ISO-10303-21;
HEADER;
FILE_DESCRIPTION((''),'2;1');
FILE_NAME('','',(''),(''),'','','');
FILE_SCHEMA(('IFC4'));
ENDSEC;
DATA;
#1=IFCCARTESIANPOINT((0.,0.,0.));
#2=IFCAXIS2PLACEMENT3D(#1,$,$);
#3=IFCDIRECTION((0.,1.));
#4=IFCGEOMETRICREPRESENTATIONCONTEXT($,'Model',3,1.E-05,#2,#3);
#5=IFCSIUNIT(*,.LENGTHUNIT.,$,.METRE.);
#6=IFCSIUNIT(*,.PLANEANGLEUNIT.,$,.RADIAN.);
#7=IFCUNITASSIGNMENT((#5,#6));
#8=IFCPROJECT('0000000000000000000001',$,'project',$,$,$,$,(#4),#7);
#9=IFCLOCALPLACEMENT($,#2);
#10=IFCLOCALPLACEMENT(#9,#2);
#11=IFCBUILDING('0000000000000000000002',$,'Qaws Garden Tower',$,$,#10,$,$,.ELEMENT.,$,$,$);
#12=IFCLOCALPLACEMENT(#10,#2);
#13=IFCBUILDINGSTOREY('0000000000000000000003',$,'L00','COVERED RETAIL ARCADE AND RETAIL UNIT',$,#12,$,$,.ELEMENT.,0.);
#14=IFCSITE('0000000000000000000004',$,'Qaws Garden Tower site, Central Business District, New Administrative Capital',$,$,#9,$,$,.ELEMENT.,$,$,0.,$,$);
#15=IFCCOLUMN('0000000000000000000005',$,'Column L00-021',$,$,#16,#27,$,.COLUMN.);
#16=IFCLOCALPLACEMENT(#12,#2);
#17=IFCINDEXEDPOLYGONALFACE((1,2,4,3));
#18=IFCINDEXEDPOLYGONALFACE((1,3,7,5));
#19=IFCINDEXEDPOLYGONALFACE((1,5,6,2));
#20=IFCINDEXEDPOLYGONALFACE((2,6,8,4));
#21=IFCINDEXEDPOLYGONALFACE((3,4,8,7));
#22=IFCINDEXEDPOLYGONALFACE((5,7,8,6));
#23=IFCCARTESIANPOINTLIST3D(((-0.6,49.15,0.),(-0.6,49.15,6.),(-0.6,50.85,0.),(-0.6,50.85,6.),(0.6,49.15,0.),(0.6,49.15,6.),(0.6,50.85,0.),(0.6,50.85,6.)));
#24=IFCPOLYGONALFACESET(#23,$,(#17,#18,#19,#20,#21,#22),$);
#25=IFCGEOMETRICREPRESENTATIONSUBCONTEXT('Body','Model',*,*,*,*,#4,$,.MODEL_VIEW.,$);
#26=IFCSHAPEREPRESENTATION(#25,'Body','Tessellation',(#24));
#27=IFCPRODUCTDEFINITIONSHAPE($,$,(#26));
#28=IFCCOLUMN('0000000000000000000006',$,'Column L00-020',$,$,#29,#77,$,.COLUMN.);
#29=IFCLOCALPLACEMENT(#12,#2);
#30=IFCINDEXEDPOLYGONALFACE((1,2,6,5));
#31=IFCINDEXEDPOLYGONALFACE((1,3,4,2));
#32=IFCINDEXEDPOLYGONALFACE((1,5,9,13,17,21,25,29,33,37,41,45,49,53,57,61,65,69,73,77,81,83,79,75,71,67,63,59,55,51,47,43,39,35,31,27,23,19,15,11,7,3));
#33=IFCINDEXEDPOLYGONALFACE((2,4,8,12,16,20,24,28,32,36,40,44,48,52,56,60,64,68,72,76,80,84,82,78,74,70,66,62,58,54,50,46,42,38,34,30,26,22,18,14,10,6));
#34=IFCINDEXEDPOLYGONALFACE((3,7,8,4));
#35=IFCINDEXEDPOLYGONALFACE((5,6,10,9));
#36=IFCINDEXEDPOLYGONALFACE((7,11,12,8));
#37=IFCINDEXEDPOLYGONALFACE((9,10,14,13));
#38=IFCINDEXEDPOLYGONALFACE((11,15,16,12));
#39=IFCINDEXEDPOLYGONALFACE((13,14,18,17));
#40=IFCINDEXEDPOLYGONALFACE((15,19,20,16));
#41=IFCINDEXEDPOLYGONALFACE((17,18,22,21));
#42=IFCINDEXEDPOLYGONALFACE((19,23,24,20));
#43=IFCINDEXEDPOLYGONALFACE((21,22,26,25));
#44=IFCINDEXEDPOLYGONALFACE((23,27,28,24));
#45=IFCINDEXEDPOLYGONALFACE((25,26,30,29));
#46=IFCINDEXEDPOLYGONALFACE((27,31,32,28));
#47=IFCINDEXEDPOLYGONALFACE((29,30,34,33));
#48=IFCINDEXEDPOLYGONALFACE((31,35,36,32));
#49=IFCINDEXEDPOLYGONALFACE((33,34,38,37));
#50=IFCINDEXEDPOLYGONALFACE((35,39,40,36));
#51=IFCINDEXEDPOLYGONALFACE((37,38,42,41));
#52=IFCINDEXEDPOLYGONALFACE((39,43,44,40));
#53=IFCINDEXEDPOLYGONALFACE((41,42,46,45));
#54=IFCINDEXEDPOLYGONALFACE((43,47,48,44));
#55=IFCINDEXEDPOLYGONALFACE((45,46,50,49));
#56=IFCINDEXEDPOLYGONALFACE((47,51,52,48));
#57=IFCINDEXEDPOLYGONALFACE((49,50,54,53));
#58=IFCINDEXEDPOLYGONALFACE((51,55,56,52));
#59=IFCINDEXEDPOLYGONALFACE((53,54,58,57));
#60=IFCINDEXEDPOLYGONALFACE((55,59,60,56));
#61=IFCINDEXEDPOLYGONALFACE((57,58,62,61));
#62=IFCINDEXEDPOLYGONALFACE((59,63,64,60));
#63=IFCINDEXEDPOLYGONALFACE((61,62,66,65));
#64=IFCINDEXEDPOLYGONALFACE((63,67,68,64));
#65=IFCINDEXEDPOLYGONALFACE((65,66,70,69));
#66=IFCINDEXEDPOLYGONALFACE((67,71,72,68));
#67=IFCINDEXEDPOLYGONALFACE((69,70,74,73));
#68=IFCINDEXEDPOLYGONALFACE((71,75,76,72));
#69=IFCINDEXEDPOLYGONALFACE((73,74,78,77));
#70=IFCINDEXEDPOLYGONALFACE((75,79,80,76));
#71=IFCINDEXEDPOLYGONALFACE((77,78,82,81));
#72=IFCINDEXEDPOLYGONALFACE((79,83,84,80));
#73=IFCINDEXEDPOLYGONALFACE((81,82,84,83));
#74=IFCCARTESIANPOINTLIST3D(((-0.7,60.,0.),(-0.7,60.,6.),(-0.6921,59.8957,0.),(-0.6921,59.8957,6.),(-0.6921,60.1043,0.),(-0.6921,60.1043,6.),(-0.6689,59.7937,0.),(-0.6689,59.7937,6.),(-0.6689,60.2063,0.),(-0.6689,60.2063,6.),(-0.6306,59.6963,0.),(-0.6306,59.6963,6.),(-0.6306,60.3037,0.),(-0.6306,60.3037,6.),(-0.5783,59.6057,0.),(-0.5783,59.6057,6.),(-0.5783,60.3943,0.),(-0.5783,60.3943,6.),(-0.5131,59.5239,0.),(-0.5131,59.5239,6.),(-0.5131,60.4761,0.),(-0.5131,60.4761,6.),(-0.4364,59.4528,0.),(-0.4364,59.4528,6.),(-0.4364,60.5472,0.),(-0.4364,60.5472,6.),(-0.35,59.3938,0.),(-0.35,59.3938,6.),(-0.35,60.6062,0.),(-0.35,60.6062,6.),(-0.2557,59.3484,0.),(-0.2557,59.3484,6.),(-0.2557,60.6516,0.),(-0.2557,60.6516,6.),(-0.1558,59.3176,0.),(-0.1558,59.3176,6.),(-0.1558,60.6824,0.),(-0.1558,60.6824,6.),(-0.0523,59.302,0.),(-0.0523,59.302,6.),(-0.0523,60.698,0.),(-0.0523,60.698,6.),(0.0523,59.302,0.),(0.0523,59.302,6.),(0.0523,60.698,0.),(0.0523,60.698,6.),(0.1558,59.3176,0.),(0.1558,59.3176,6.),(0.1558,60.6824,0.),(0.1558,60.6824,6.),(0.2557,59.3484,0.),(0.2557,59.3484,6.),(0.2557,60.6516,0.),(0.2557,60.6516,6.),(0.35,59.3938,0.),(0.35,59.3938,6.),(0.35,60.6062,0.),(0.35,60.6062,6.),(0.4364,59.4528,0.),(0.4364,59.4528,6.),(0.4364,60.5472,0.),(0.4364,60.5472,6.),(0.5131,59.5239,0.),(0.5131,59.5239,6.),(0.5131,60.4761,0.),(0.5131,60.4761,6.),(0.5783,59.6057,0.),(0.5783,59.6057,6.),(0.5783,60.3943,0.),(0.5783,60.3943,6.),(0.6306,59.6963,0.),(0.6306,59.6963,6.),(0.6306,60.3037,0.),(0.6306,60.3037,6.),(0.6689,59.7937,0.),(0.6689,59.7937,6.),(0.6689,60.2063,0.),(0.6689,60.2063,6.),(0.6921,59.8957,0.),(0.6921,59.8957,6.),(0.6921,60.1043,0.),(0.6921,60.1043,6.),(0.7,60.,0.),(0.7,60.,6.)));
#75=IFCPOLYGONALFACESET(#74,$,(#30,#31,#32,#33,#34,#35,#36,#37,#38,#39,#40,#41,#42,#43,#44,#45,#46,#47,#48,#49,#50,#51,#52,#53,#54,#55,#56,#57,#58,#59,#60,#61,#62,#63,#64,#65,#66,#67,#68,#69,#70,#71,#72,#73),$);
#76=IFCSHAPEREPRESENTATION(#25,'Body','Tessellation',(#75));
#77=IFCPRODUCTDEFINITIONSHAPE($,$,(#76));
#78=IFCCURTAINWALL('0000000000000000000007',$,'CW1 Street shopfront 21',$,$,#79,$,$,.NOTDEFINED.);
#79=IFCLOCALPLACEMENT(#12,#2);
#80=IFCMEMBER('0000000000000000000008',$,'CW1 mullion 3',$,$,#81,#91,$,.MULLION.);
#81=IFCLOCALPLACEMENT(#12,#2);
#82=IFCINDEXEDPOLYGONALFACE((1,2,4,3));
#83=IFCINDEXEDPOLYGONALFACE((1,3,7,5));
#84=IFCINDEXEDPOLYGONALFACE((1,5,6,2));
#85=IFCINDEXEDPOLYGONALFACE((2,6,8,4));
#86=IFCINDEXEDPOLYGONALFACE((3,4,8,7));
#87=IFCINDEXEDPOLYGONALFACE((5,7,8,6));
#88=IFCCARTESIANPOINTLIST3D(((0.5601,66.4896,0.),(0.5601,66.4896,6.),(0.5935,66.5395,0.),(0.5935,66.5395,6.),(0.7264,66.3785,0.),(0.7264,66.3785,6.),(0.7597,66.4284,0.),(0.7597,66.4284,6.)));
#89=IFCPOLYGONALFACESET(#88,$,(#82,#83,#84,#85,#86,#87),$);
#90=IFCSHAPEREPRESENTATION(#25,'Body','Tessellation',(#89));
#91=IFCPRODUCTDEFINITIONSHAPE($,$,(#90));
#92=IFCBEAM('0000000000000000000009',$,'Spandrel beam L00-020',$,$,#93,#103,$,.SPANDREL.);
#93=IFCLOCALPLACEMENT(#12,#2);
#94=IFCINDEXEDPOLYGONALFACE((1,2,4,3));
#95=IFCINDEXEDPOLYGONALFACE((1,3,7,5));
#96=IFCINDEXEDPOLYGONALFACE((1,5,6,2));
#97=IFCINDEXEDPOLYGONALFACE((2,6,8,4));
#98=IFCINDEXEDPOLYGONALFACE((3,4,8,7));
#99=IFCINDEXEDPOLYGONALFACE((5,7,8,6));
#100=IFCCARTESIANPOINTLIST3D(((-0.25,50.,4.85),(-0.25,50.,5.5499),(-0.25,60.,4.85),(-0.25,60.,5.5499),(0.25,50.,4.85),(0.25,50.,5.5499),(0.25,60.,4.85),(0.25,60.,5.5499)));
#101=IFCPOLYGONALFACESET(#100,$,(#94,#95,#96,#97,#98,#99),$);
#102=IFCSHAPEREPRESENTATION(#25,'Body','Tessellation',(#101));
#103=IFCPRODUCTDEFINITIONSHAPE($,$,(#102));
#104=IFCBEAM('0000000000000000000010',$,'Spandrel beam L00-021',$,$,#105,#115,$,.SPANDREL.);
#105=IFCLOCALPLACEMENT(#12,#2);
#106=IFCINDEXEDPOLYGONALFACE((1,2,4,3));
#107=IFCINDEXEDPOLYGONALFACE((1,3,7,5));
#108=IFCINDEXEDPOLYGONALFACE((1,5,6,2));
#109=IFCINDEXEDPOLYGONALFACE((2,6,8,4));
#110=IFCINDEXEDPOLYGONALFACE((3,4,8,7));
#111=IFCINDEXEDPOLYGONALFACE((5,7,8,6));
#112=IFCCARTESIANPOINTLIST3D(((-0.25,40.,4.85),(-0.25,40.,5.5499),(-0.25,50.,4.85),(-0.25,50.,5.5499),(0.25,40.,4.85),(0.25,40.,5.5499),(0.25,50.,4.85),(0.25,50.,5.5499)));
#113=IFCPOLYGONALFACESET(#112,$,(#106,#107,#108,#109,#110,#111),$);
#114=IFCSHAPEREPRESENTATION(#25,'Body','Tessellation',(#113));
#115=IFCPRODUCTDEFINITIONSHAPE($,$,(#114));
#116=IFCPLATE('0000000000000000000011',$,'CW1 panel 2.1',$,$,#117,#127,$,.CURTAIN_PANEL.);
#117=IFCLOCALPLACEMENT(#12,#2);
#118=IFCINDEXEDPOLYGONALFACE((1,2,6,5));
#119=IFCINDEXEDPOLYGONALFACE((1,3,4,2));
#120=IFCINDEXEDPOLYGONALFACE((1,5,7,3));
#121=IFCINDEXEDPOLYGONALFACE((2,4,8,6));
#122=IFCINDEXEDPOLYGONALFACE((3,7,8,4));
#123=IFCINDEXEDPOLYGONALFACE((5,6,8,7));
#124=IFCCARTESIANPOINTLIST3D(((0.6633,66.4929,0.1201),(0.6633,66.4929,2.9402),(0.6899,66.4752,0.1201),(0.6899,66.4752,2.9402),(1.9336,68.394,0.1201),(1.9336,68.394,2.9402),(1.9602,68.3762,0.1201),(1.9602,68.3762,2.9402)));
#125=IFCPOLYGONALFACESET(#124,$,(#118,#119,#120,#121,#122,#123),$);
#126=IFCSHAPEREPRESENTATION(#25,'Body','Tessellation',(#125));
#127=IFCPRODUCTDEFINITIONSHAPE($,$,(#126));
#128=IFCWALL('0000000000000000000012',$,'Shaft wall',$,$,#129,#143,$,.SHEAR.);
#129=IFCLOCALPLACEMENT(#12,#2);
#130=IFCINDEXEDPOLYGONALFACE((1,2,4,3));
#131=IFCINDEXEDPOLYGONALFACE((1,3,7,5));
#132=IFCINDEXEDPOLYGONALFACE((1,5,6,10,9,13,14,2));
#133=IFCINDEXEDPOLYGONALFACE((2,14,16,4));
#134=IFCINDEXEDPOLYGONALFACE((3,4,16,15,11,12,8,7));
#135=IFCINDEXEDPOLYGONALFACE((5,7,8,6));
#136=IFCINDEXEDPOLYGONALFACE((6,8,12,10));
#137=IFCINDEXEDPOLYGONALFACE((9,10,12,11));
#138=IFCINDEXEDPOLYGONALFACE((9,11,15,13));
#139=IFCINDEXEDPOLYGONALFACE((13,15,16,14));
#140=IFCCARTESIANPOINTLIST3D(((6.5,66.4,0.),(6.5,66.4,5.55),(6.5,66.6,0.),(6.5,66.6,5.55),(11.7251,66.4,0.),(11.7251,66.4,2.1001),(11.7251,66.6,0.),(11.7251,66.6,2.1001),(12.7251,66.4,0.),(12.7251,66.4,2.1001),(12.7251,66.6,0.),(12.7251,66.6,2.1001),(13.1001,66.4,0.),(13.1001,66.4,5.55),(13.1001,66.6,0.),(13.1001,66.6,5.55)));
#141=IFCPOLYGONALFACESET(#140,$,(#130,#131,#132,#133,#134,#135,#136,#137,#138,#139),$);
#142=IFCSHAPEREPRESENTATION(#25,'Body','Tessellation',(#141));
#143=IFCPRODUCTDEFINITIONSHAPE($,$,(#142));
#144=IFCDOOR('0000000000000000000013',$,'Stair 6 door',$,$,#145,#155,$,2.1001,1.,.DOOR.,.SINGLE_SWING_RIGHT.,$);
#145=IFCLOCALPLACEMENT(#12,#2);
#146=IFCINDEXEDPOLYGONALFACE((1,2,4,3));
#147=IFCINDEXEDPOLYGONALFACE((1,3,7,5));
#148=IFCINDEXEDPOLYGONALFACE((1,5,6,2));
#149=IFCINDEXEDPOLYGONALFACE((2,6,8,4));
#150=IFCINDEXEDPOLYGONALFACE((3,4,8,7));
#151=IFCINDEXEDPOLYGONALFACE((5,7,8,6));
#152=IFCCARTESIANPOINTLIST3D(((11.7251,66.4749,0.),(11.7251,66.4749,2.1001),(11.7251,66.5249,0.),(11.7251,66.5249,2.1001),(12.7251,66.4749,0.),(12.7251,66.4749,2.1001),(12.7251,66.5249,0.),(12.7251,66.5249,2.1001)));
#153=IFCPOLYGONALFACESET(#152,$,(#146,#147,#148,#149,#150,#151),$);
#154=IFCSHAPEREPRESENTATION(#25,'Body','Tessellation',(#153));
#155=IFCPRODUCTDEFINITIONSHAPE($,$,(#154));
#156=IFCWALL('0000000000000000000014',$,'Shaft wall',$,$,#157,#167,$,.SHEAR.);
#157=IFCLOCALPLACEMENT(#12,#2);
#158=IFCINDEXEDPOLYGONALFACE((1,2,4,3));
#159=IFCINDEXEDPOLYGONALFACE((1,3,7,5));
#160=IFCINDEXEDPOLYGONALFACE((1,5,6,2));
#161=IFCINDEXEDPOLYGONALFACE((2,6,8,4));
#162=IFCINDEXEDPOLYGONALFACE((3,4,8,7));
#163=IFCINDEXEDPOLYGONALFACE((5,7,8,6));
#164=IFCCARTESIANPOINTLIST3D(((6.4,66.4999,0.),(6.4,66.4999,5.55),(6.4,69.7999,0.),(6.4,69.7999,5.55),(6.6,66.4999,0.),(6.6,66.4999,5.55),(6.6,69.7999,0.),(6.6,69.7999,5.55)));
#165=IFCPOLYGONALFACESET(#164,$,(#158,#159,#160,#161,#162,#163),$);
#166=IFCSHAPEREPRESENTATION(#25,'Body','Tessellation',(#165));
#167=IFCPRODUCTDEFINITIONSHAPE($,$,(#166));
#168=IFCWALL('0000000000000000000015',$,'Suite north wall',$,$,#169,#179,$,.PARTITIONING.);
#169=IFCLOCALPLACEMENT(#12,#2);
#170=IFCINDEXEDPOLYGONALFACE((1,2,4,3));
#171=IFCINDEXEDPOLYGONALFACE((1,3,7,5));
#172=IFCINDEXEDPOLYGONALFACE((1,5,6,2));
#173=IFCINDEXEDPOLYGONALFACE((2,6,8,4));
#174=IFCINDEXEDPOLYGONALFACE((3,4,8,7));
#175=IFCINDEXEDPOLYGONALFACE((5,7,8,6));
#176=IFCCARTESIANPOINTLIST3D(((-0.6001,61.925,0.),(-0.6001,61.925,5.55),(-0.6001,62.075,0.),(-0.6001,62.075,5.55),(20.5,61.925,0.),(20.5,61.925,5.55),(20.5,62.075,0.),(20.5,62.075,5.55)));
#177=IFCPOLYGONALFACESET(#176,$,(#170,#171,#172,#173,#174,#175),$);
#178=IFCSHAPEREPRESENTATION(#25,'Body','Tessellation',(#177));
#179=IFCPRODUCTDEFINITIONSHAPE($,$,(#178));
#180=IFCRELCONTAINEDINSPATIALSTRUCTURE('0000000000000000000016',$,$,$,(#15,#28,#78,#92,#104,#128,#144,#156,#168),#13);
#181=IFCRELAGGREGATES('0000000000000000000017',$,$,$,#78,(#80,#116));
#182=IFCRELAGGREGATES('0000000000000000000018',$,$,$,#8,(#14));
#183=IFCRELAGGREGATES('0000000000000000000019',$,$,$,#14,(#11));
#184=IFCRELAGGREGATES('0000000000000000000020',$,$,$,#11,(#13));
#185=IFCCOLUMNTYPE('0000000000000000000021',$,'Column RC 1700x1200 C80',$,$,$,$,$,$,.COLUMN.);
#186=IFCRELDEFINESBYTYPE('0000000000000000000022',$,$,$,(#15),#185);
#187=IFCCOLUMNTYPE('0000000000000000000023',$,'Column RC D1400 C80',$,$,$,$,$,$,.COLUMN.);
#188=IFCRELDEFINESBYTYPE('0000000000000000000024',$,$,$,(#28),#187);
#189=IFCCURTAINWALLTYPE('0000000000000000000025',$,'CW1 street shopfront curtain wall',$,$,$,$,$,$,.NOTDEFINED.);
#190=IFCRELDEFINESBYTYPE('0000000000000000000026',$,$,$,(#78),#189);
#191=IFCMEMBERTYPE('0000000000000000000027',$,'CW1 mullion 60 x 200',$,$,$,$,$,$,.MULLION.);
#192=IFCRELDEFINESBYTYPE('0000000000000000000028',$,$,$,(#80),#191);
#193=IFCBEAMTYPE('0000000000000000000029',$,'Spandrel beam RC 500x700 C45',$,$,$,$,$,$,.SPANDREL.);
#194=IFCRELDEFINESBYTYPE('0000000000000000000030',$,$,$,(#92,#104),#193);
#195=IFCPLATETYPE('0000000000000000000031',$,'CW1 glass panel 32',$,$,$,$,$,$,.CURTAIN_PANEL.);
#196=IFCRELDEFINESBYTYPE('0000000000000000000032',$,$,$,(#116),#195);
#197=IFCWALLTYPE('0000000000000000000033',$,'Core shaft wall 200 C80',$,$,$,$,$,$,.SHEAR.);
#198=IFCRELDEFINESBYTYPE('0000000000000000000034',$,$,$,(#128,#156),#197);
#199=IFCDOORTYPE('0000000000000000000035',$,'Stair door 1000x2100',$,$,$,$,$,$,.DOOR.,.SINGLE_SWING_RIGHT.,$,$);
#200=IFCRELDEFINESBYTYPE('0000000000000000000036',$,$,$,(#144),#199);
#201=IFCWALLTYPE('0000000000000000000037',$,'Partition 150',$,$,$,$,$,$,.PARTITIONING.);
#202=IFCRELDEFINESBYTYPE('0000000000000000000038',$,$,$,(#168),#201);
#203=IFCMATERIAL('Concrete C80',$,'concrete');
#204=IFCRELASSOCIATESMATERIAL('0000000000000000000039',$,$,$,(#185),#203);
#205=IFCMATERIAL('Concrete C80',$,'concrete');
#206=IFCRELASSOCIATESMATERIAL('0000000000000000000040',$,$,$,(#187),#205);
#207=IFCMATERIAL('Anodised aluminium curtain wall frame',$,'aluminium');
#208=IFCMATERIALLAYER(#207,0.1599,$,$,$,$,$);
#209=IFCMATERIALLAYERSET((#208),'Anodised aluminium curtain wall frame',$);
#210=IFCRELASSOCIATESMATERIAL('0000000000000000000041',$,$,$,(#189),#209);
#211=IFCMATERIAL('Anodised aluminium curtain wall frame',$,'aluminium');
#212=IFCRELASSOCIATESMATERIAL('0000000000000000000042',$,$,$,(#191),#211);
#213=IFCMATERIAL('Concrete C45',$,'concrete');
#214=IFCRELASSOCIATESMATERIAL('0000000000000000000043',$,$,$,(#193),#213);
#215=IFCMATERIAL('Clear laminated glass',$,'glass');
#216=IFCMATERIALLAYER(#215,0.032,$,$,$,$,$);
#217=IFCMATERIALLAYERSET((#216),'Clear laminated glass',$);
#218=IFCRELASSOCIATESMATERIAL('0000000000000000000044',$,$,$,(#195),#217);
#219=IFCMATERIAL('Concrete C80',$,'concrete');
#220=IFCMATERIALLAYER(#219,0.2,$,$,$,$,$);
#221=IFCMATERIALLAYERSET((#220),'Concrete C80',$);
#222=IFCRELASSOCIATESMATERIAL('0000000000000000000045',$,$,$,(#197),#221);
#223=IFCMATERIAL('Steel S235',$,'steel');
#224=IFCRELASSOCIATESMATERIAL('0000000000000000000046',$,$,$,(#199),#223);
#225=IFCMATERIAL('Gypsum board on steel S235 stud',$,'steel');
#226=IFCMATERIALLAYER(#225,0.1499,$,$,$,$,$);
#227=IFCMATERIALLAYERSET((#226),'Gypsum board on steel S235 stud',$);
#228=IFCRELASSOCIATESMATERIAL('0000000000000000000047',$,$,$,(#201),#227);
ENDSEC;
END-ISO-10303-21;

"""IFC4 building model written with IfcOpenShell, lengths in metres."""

from ifc_helpers import new_model, si_unit, direction, frame, frame_2d, origin, origin_2d, place, context, subcontext, project, spatial, rectangle, circle, extrude, material, layer, layer_set, material_profile, profile_set, type_object, element, fill, aggregate, save


model = new_model("IFC4")

# Units and contexts
model_context = context("Model", 3, precision=1e-05, world=origin(), true_north=direction((0.0, 1.0)))
body_context = subcontext(model_context, "Body", "Model", "MODEL_VIEW")
ifc_project = project(units=[si_unit("LENGTHUNIT", "METRE"), si_unit("PLANEANGLEUNIT", "RADIAN")], contexts=[model_context])

# Site, building, storey
site_placement = place(None, origin())
site = spatial("IfcSite", under=ifc_project, at=site_placement, Name="Qaws Garden Tower site, Central Business District, New Administrative Capital", CompositionType="ELEMENT", RefElevation=0.0)
building_placement = place(site_placement, origin())
building = spatial("IfcBuilding", under=site, at=building_placement, Name="Qaws Garden Tower", CompositionType="ELEMENT")
storey_placement = place(building_placement, origin())
storey = spatial("IfcBuildingStorey", under=building, at=storey_placement, Name="L00", Description="COVERED RETAIL ARCADE AND RETAIL UNIT", CompositionType="ELEMENT", Elevation=0.0)

# Columns
ifc_material_1 = material(Name="Concrete C80", Category="concrete")
ifc_material_profile_1 = material_profile(ifc_material_1, rectangle(XDim=1.7, YDim=1.2, at=origin_2d()), Name="RC 1700x1200")
ifc_profile_set_1 = profile_set([ifc_material_profile_1], Name="Concrete C80")
column_type_1 = type_object("IfcColumnType", Name="Column RC 1700x1200 C80", PredefinedType="COLUMN", material=ifc_profile_set_1)
column_1_placement = place(storey_placement, frame((0.0, 50.0, 0.0), z_axis=(0.0, 0.0, 1.0), x_axis=(0.0, 1.0, 0.0)))
element("IfcColumn", 1, at=column_1_placement, inside=storey, type_object=column_type_1, Name="Column L00-021", PredefinedType="COLUMN", context=body_context, shape_type="SweptSolid", body=[
    extrude(rectangle(XDim=1.7, YDim=1.2, at=origin_2d()), origin(), (0.0, 0.0, 1.0), 6.0),
])
ifc_material_2 = material(Name="Concrete C80", Category="concrete")
ifc_material_profile_2 = material_profile(ifc_material_2, circle(Radius=0.7, at=origin_2d()), Name="RC D1400")
ifc_profile_set_2 = profile_set([ifc_material_profile_2], Name="Concrete C80")
column_type_2 = type_object("IfcColumnType", Name="Column RC D1400 C80", PredefinedType="COLUMN", material=ifc_profile_set_2)
column_2_placement = place(storey_placement, frame((0.0, 60.0, 0.0), z_axis=(0.0, 0.0, 1.0), x_axis=(1.0, 0.0, 0.0)))
element("IfcColumn", 2, at=column_2_placement, inside=storey, type_object=column_type_2, Name="Column L00-020", PredefinedType="COLUMN", context=body_context, shape_type="SweptSolid", body=[
    extrude(circle(Radius=0.7, at=origin_2d()), origin(), (0.0, 0.0, 1.0), 6.0),
])

# Curtain wall, member
ifc_material_3 = material(Name="Anodised aluminium curtain wall frame", Category="aluminium")
ifc_layer_1 = layer(ifc_material_3, 0.1599)
ifc_layer_set_1 = layer_set([ifc_layer_1], Name="Anodised aluminium curtain wall frame")
curtain_wall_type = type_object("IfcCurtainWallType", Name="CW1 street shopfront curtain wall", PredefinedType="NOTDEFINED", material=ifc_layer_set_1)
curtain_wall_placement = place(storey_placement, origin())
curtain_wall = element("IfcCurtainWall", 3, at=curtain_wall_placement, inside=storey, type_object=curtain_wall_type, Name="CW1 Street shopfront 21", PredefinedType="NOTDEFINED")
ifc_material_4 = material(Name="Anodised aluminium curtain wall frame", Category="aluminium")
ifc_material_profile_3 = material_profile(ifc_material_4, rectangle(XDim=0.2, YDim=0.0601, at=origin_2d()), Name="AL 60x200")
ifc_profile_set_3 = profile_set([ifc_material_profile_3], Name="Anodised aluminium curtain wall frame")
member_type = type_object("IfcMemberType", Name="CW1 mullion 60 x 200", PredefinedType="MULLION", material=ifc_profile_set_3)
member_placement = place(storey_placement, frame((0.6599, 66.459, 0.0), z_axis=(0.0, 0.0, 1.0), x_axis=(0.83147, -0.55557, 0.0)))
member = element("IfcMember", 4, at=member_placement, type_object=member_type, Name="CW1 mullion 3", PredefinedType="MULLION", context=body_context, shape_type="SweptSolid", body=[
    extrude(rectangle(XDim=0.2, YDim=0.0601, at=origin_2d()), origin(), (0.0, 0.0, 1.0), 6.0),
])

# Beams
ifc_material_5 = material(Name="Concrete C45", Category="concrete")
ifc_material_profile_4 = material_profile(ifc_material_5, rectangle(XDim=0.5, YDim=0.7, at=origin_2d()), Name="RC 500x700")
ifc_profile_set_4 = profile_set([ifc_material_profile_4], Name="Concrete C45")
beam_type = type_object("IfcBeamType", Name="Spandrel beam RC 500x700 C45", PredefinedType="SPANDREL", material=ifc_profile_set_4)
for number, where, z_axis, x_axis, name in (
    (5, (0.0, 60.0, 5.2), (0.0, -1.0, 0.0), (1.0, 0.0, 0.0), "Spandrel beam L00-020"),
    (6, (0.0, 50.0, 5.2), (0.0, -1.0, 0.0), (1.0, 0.0, 0.0), "Spandrel beam L00-021"),
):
    element("IfcBeam", number, at=place(storey_placement, frame(where, z_axis=z_axis, x_axis=x_axis)), inside=storey, type_object=beam_type, Name=name, PredefinedType="SPANDREL", context=body_context, shape_type="SweptSolid", body=[
        extrude(rectangle(XDim=0.5, YDim=0.7, at=origin_2d()), origin(), (0.0, 0.0, 1.0), 10.0),
    ])

# Plate
ifc_material_6 = material(Name="Clear laminated glass", Category="glass")
ifc_layer_2 = layer(ifc_material_6, 0.032)
ifc_layer_set_2 = layer_set([ifc_layer_2], Name="Clear laminated glass")
plate_type = type_object("IfcPlateType", Name="CW1 glass panel 32", PredefinedType="CURTAIN_PANEL", material=ifc_layer_set_2)
plate_placement = place(storey_placement, frame((1.3118, 67.4346, 0.1201), z_axis=(0.0, 0.0, 1.0), x_axis=(-0.55557, -0.83147, 0.0)))
plate = element("IfcPlate", 7, at=plate_placement, type_object=plate_type, Name="CW1 panel 2.1", PredefinedType="CURTAIN_PANEL", context=body_context, shape_type="SweptSolid", body=[
    extrude(rectangle(XDim=2.2864, YDim=0.032, at=origin_2d()), origin(), (0.0, 0.0, 1.0), 2.8201),
])
aggregate(curtain_wall, [member, plate])

# Wall, opening, door
ifc_material_7 = material(Name="Concrete C80", Category="concrete")
ifc_layer_3 = layer(ifc_material_7, 0.2)
ifc_layer_set_3 = layer_set([ifc_layer_3], Name="Concrete C80")
wall_type_1 = type_object("IfcWallType", Name="Core shaft wall 200 C80", PredefinedType="SHEAR", material=ifc_layer_set_3)
wall_1_placement = place(storey_placement, frame((6.5, 66.5, 0.0), z_axis=(0.0, 0.0, 1.0), x_axis=(1.0, 0.0, 0.0)))
wall_1 = element("IfcWall", 8, at=wall_1_placement, inside=storey, type_object=wall_type_1, Name="Shaft wall", PredefinedType="SHEAR", context=body_context, shape_type="SweptSolid", body=[
    extrude(rectangle(XDim=6.6001, YDim=0.2, at=frame_2d((3.3, 0.0))), origin(), (0.0, 0.0, 1.0), 5.55),
])
opening_1_placement = place(wall_1_placement, frame((5.2251, 0.0, 0.0)))
opening_1 = element("IfcOpeningElement", 9, at=opening_1_placement, cuts=wall_1, PredefinedType="OPENING", context=body_context, shape_type="SweptSolid", body=[
    extrude(rectangle(XDim=1.0, YDim=2.1001, at=frame_2d((0.5, 1.05))), frame((0.0, 0.1099, 0.0), z_axis=(0.0, -1.0, 0.0), x_axis=(1.0, 0.0, 0.0)), (0.0, 0.0, 1.0), 0.22),
])
ifc_material_8 = material(Name="Steel S235", Category="steel")
door_type_1 = type_object("IfcDoorType", Name="Stair door 1000x2100", OperationType="SINGLE_SWING_RIGHT", PredefinedType="DOOR", material=ifc_material_8)
door_1_placement = place(opening_1_placement, origin())
door_1 = element("IfcDoor", 10, at=door_1_placement, inside=storey, type_object=door_type_1, Name="Stair 6 door", OperationType="SINGLE_SWING_RIGHT", OverallHeight=2.1001, OverallWidth=1.0, PredefinedType="DOOR", context=body_context, shape_type="SweptSolid", body=[
    extrude(rectangle(XDim=1.0, YDim=2.1001, at=frame_2d((0.5, 1.05))), frame((0.0, 0.0249, 0.0), z_axis=(0.0, -1.0, 0.0), x_axis=(1.0, 0.0, 0.0)), (0.0, 0.0, 1.0), 0.05),
])
fill(opening_1, door_1)

# Walls
wall_2_placement = place(storey_placement, frame((6.5, 66.5, 0.0), z_axis=(0.0, 0.0, 1.0), x_axis=(0.0, 1.0, 0.0)))
element("IfcWall", 11, at=wall_2_placement, inside=storey, type_object=wall_type_1, Name="Shaft wall", PredefinedType="SHEAR", context=body_context, shape_type="SweptSolid", body=[
    extrude(rectangle(XDim=3.3, YDim=0.2, at=frame_2d((1.6499, 0.0))), origin(), (0.0, 0.0, 1.0), 5.55),
])
ifc_material_9 = material(Name="Gypsum board on steel S235 stud", Category="steel")
ifc_layer_4 = layer(ifc_material_9, 0.1499)
ifc_layer_set_4 = layer_set([ifc_layer_4], Name="Gypsum board on steel S235 stud")
wall_type_2 = type_object("IfcWallType", Name="Partition 150", PredefinedType="PARTITIONING", material=ifc_layer_set_4)
wall_3_placement = place(storey_placement, frame((-0.6001, 62.0, 0.0), z_axis=(0.0, 0.0, 1.0), x_axis=(1.0, 0.0, 0.0)))
element("IfcWall", 12, at=wall_3_placement, inside=storey, type_object=wall_type_2, Name="Suite north wall", PredefinedType="PARTITIONING", context=body_context, shape_type="SweptSolid", body=[
    extrude(rectangle(XDim=21.1001, YDim=0.1499, at=frame_2d((10.55, 0.0))), origin(), (0.0, 0.0, 1.0), 5.55),
])

save(model, "model.ifc")
